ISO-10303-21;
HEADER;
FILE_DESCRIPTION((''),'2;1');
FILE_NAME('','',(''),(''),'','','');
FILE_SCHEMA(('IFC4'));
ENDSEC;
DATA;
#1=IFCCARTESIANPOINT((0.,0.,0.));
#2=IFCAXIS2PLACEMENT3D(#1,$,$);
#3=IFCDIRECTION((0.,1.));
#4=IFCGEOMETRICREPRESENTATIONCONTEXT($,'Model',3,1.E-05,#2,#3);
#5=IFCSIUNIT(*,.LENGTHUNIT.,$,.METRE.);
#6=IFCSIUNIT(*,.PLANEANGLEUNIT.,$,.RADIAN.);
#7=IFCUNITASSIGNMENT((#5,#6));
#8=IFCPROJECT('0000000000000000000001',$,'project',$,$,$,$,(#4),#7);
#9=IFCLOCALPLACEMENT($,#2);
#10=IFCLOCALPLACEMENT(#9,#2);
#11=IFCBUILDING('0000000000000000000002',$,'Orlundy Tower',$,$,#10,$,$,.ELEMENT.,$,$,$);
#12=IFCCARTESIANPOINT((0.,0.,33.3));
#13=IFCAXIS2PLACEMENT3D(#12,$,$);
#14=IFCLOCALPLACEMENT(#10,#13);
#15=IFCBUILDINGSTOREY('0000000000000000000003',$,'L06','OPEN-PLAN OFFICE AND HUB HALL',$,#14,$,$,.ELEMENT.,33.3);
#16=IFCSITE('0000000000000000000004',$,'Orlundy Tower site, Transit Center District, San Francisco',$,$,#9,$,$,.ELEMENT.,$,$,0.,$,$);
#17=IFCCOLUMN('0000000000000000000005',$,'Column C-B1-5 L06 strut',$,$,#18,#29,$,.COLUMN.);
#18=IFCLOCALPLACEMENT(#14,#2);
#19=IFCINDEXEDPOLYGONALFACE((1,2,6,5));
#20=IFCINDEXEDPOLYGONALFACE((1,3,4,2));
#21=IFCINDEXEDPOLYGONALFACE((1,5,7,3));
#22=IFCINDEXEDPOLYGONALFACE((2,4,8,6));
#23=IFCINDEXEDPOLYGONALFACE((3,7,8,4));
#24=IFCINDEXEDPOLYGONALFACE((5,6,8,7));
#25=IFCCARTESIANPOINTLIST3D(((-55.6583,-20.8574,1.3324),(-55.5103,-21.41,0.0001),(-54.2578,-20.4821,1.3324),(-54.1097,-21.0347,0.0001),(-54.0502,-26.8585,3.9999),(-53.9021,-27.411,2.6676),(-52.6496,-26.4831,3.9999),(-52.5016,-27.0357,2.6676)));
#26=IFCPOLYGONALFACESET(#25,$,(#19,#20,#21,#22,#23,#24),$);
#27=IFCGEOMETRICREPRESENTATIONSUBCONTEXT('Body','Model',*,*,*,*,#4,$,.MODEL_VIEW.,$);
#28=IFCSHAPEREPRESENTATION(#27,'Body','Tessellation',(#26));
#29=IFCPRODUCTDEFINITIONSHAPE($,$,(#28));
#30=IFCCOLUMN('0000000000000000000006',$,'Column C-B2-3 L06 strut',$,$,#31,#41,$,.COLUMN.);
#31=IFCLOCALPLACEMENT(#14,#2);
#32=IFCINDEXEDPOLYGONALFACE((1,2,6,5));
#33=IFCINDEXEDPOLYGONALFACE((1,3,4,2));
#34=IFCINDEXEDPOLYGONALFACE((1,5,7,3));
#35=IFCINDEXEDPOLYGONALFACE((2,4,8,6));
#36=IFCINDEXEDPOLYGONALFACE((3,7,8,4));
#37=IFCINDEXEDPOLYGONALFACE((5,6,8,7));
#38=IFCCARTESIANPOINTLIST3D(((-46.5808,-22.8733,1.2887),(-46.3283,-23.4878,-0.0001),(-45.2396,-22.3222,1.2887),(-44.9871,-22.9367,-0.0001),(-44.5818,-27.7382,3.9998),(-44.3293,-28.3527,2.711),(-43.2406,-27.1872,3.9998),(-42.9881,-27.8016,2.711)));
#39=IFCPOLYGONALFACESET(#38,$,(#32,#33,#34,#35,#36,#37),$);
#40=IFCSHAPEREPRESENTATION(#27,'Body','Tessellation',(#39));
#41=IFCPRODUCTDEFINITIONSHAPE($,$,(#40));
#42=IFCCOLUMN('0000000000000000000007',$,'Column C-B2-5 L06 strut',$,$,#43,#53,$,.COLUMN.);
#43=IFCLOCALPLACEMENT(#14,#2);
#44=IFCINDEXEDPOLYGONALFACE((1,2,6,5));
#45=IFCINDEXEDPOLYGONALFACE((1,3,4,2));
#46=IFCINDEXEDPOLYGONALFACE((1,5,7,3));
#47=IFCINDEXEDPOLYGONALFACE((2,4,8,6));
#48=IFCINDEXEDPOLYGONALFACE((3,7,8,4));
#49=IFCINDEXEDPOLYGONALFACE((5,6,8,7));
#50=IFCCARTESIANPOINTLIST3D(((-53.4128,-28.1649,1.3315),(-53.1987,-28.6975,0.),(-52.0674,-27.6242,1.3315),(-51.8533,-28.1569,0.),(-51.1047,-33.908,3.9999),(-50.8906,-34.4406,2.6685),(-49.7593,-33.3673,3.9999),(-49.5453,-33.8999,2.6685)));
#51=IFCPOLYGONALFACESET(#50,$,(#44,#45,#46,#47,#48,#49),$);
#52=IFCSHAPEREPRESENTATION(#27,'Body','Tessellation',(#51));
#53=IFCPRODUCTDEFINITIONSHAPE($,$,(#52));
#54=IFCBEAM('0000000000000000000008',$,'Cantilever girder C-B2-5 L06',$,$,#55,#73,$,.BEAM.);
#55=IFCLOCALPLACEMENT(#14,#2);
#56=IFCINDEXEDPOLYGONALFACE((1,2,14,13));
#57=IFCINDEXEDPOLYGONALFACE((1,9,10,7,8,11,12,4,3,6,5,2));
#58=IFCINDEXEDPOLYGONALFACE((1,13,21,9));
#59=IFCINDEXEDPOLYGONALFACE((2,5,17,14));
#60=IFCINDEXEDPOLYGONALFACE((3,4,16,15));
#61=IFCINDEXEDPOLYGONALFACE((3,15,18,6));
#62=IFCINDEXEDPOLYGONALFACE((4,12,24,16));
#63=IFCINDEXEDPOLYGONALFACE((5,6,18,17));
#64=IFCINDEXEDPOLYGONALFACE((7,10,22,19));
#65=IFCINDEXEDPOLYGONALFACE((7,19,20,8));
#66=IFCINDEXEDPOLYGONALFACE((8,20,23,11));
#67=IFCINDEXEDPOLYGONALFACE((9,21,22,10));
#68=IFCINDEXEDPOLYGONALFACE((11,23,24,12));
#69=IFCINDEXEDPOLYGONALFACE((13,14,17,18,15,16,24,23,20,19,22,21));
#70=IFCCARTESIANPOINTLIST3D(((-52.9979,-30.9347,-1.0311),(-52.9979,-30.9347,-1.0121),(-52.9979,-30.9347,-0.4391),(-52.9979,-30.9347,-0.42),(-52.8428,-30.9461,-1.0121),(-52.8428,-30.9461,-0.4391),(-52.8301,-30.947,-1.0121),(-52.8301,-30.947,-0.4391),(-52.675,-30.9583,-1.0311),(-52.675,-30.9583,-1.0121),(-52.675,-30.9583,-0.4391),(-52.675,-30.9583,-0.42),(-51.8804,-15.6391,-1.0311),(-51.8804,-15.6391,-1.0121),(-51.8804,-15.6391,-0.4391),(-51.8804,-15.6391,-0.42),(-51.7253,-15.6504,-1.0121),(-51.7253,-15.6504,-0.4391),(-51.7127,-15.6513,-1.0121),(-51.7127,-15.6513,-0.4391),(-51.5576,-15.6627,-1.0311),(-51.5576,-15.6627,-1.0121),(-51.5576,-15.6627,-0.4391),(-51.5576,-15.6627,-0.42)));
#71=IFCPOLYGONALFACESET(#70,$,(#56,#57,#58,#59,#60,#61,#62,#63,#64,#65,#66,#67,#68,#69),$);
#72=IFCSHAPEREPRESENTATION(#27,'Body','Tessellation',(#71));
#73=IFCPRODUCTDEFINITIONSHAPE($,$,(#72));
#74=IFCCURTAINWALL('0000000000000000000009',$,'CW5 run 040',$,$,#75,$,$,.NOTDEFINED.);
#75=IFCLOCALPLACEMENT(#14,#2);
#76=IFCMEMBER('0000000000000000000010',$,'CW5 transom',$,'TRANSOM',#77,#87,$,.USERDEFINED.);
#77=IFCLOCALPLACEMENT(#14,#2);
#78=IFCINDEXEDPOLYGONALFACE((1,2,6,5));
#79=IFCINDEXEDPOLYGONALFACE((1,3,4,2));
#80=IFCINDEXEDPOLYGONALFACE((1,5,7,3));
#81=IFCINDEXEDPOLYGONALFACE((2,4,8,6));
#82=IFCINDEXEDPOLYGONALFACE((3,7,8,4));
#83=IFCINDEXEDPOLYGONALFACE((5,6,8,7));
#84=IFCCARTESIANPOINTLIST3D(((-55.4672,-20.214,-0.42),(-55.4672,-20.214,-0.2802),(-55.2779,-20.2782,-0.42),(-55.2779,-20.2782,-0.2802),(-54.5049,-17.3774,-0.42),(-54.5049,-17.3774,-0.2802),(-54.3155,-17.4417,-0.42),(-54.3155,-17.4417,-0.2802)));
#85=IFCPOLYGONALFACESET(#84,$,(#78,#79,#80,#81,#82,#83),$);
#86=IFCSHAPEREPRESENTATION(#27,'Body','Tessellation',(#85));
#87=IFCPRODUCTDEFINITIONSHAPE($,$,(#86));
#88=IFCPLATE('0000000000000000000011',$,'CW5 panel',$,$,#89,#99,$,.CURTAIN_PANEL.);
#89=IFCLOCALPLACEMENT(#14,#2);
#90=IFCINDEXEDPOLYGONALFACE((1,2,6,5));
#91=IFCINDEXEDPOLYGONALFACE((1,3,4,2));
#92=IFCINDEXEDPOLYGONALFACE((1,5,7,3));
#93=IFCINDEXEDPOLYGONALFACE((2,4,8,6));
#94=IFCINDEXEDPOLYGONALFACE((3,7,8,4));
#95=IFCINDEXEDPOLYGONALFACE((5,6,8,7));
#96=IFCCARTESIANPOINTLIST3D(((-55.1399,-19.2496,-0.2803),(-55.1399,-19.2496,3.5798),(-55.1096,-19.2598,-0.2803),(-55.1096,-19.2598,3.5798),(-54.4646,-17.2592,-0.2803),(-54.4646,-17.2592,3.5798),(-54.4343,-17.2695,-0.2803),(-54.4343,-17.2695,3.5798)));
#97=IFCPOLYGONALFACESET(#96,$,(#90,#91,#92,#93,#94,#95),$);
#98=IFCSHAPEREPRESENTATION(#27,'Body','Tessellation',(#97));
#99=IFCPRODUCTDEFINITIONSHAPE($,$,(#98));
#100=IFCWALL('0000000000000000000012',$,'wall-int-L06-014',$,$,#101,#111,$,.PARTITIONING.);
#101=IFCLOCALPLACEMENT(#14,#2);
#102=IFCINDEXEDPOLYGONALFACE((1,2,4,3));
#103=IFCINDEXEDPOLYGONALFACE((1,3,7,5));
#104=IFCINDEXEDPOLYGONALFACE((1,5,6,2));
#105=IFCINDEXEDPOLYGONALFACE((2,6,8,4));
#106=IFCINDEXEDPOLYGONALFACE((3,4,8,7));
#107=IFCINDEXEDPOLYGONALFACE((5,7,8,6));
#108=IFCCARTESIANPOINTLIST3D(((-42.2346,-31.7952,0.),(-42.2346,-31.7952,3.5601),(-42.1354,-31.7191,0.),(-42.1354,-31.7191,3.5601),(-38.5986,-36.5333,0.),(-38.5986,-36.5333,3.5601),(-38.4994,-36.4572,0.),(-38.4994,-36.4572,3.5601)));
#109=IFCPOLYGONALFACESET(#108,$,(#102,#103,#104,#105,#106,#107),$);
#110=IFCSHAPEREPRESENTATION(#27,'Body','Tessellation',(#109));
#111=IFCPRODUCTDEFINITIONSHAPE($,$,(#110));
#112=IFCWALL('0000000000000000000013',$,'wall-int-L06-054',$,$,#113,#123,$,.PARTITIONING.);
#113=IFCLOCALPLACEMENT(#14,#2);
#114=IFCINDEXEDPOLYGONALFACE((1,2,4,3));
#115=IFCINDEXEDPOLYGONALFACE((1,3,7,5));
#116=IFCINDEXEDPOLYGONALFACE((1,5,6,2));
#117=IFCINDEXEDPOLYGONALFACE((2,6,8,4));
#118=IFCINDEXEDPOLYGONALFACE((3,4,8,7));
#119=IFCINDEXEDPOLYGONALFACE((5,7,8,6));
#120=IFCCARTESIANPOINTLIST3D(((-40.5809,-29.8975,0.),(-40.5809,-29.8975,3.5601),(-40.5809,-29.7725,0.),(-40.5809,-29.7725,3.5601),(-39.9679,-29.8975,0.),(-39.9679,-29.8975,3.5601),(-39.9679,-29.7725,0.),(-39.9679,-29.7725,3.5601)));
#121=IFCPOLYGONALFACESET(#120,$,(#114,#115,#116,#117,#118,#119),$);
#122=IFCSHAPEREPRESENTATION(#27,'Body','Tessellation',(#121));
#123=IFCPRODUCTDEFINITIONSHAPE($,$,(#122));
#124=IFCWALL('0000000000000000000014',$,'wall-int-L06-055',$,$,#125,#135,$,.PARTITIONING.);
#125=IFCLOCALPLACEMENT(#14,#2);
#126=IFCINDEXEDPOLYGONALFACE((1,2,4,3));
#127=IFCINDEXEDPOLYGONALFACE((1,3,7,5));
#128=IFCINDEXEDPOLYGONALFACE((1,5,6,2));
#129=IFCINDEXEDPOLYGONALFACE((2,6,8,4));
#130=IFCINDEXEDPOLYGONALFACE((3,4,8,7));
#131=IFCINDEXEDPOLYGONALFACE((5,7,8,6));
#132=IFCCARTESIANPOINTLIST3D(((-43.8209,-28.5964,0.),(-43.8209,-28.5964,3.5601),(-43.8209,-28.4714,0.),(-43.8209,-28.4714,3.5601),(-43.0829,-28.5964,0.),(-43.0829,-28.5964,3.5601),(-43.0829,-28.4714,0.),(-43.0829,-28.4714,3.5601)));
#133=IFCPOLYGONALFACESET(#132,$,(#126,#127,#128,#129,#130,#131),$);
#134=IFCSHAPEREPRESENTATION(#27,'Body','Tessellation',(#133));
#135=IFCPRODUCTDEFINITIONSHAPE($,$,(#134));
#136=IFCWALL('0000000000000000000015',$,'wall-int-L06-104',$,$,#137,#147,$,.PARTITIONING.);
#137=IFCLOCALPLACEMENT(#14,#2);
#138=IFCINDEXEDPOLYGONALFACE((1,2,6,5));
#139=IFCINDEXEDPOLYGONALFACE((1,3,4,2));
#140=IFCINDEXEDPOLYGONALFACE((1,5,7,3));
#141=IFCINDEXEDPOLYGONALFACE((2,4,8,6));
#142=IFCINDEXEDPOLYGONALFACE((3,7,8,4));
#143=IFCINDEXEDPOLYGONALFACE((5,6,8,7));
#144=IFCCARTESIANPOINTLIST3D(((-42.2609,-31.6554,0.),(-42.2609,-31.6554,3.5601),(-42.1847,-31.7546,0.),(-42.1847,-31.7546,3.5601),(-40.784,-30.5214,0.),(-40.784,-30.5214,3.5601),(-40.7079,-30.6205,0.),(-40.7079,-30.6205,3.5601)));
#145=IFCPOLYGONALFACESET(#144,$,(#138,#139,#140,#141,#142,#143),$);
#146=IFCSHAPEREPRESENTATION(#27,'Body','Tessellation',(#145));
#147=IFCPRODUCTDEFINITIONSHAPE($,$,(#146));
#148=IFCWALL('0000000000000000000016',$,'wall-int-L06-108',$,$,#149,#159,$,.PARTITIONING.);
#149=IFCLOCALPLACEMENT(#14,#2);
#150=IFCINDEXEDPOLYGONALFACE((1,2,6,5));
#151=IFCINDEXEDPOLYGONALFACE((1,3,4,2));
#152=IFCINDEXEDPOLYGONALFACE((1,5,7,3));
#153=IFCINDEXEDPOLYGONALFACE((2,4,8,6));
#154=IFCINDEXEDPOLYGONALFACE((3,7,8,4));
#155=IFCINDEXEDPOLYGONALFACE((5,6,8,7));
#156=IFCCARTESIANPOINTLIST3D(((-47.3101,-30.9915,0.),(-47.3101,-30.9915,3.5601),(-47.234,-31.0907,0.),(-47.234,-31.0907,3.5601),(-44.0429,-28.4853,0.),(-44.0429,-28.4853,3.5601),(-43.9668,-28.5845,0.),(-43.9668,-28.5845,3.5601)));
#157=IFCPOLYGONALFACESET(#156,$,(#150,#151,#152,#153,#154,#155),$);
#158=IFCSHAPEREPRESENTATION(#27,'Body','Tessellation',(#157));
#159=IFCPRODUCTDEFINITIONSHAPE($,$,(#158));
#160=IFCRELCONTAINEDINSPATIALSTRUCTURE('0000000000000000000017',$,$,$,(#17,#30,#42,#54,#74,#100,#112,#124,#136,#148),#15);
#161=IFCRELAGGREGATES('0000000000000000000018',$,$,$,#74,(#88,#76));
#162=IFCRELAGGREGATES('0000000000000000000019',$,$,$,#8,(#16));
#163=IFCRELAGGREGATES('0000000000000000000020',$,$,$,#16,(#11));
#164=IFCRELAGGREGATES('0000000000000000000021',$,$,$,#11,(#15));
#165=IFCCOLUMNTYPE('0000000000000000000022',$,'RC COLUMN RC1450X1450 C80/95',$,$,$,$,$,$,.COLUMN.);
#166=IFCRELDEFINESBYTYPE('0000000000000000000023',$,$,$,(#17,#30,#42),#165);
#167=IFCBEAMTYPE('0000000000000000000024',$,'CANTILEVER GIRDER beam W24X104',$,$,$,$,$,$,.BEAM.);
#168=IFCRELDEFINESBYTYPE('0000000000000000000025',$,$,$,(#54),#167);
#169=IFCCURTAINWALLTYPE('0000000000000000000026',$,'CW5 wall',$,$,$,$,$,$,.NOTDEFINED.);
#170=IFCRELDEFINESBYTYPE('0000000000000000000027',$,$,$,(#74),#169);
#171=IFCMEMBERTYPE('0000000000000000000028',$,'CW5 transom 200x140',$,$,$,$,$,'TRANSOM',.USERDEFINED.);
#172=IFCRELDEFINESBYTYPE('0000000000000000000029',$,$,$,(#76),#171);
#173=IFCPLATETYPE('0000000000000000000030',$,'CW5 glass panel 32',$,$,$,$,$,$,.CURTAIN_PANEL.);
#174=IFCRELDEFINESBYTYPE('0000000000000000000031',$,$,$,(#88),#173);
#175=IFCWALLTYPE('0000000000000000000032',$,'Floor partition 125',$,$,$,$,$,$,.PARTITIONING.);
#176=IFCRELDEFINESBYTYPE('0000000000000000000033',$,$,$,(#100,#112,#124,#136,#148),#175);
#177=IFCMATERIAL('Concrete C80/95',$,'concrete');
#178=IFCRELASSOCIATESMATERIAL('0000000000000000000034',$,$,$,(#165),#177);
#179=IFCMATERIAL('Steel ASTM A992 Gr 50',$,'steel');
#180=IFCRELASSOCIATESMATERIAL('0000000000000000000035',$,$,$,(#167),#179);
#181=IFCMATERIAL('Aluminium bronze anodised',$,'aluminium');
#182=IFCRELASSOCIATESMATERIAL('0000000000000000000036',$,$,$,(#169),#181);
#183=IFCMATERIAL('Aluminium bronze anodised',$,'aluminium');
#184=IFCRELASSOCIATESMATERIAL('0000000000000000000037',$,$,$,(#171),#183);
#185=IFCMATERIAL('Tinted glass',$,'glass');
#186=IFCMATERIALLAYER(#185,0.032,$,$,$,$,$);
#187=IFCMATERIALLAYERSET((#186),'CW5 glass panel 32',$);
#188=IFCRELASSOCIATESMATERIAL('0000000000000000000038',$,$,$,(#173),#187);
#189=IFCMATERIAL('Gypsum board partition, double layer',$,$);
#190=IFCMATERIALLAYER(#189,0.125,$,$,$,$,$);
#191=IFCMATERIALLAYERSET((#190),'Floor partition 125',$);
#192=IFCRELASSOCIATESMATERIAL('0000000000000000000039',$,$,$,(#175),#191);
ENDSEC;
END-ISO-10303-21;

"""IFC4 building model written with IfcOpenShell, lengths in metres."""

from ifc_helpers import new_model, si_unit, direction, frame, frame_2d, origin, origin_2d, place, context, subcontext, project, spatial, rectangle, i_section, extrude, material, layer, layer_set, material_profile, profile_set, type_object, element, aggregate, save


model = new_model("IFC4")

# Units and contexts
model_context = context("Model", 3, precision=1e-05, world=origin(), true_north=direction((0.0, 1.0)))
body_context = subcontext(model_context, "Body", "Model", "MODEL_VIEW")
ifc_project = project(units=[si_unit("LENGTHUNIT", "METRE"), si_unit("PLANEANGLEUNIT", "RADIAN")], contexts=[model_context])

# Site, building, storey
site_placement = place(None, origin())
site = spatial("IfcSite", under=ifc_project, at=site_placement, Name="Orlundy Tower site, Transit Center District, San Francisco", CompositionType="ELEMENT", RefElevation=0.0)
building_placement = place(site_placement, origin())
building = spatial("IfcBuilding", under=site, at=building_placement, Name="Orlundy Tower", CompositionType="ELEMENT")
storey_placement = place(building_placement, frame((0.0, 0.0, 33.3)))
storey = spatial("IfcBuildingStorey", under=building, at=storey_placement, Name="L06", Description="OPEN-PLAN OFFICE AND HUB HALL", CompositionType="ELEMENT", Elevation=33.3)

# Columns
ifc_material_1 = material(Name="Concrete C80/95", Category="concrete")
ifc_material_profile_1 = material_profile(ifc_material_1, rectangle(XDim=1.45, YDim=1.45, at=origin_2d()), Name="RC1450X1450")
ifc_profile_set_1 = profile_set([ifc_material_profile_1], Name="Concrete C80/95")
column_type = type_object("IfcColumnType", Name="RC COLUMN RC1450X1450 C80/95", PredefinedType="COLUMN", material=ifc_profile_set_1)
column_1_placement = place(storey_placement, frame((-54.884, -20.946, 0.6663), z_axis=(0.237852, -0.887566, 0.39453), x_axis=(0.965918, 0.258849, 0.0)))
element("IfcColumn", 1, at=column_1_placement, inside=storey, type_object=column_type, Name="Column C-B1-5 L06 strut", PredefinedType="COLUMN", context=body_context, shape_type="SweptSolid", body=[
    extrude(rectangle(XDim=1.45, YDim=1.45, at=origin_2d()), origin(), (0.0, 0.0, 1.0), 6.7612),
])
column_2_placement = place(storey_placement, frame((-45.7839, -22.905, 0.6443), z_axis=(0.337826, -0.82216, 0.458177), x_axis=(0.92496, 0.380066, 0.0)))
element("IfcColumn", 2, at=column_2_placement, inside=storey, type_object=column_type, Name="Column C-B2-3 L06 strut", PredefinedType="COLUMN", context=body_context, shape_type="SweptSolid", body=[
    extrude(rectangle(XDim=1.45, YDim=1.45, at=origin_2d()), origin(), (0.0, 0.0, 1.0), 5.9172),
])
column_3_placement = place(storey_placement, frame((-52.6331, -28.1609, 0.6658), z_axis=(0.342432, -0.852061, 0.395895), x_axis=(0.927872, 0.3729, 0.0)))
element("IfcColumn", 3, at=column_3_placement, inside=storey, type_object=column_type, Name="Column C-B2-5 L06 strut", PredefinedType="COLUMN", context=body_context, shape_type="SweptSolid", body=[
    extrude(rectangle(XDim=1.45, YDim=1.45, at=origin_2d()), origin(), (0.0, 0.0, 1.0), 6.7402),
])

# Beam
ifc_material_2 = material(Name="Steel ASTM A992 Gr 50", Category="steel")
ifc_material_profile_2 = material_profile(ifc_material_2, i_section(OverallWidth=0.3237, OverallDepth=0.6111, WebThickness=0.0127, FlangeThickness=0.019, at=origin_2d()), Name="W24X104")
ifc_profile_set_2 = profile_set([ifc_material_profile_2], Name="Steel ASTM A992 Gr 50")
beam_type = type_object("IfcBeamType", Name="CANTILEVER GIRDER beam W24X104", PredefinedType="BEAM", material=ifc_profile_set_2)
beam_placement = place(storey_placement, frame((-52.8364, -30.9465, -0.7256), z_axis=(0.072861, 0.997342, 0.0), x_axis=(-0.997342, 0.072861, 0.0)))
element("IfcBeam", 4, at=beam_placement, inside=storey, type_object=beam_type, Name="Cantilever girder C-B2-5 L06", PredefinedType="BEAM", context=body_context, shape_type="SweptSolid", body=[
    extrude(i_section(OverallWidth=0.3237, OverallDepth=0.6111, WebThickness=0.0127, FlangeThickness=0.019, at=origin_2d()), origin(), (0.0, 0.0, 1.0), 15.3364),
])

# Curtain wall, member, plate
ifc_material_3 = material(Name="Aluminium bronze anodised", Category="aluminium")
curtain_wall_type = type_object("IfcCurtainWallType", Name="CW5 wall", PredefinedType="NOTDEFINED", material=ifc_material_3)
curtain_wall_placement = place(storey_placement, origin())
curtain_wall = element("IfcCurtainWall", 5, at=curtain_wall_placement, inside=storey, type_object=curtain_wall_type, Name="CW5 run 040", PredefinedType="NOTDEFINED")
ifc_material_4 = material(Name="Aluminium bronze anodised", Category="aluminium")
ifc_material_profile_3 = material_profile(ifc_material_4, rectangle(XDim=0.2, YDim=0.1399, at=origin_2d()), Name="CW5 transom 200x140")
ifc_profile_set_3 = profile_set([ifc_material_profile_3], Name="Aluminium bronze anodised")
member_type = type_object("IfcMemberType", Name="CW5 transom 200x140", ElementType="TRANSOM", PredefinedType="USERDEFINED", material=ifc_profile_set_3)
member_placement = place(storey_placement, frame((-55.3726, -20.2461, -0.3501), z_axis=(0.321285, 0.946983, 0.0), x_axis=(-0.946983, 0.321285, 0.0)))
member = element("IfcMember", 6, at=member_placement, type_object=member_type, Name="CW5 transom", ObjectType="TRANSOM", PredefinedType="USERDEFINED", context=body_context, shape_type="SweptSolid", body=[
    extrude(rectangle(XDim=0.2, YDim=0.1399, at=origin_2d()), origin(), (0.0, 0.0, 1.0), 2.9954),
])
ifc_material_5 = material(Name="Tinted glass", Category="glass")
ifc_layer_1 = layer(ifc_material_5, 0.032)
ifc_layer_set_1 = layer_set([ifc_layer_1], Name="CW5 glass panel 32")
plate_type = type_object("IfcPlateType", Name="CW5 glass panel 32", PredefinedType="CURTAIN_PANEL", material=ifc_layer_set_1)
plate_placement = place(storey_placement, frame((-54.7871, -18.2595, -0.2803), z_axis=(0.0, 0.0, 1.0), x_axis=(0.321322, 0.94697, 0.0)))
plate = element("IfcPlate", 7, at=plate_placement, type_object=plate_type, Name="CW5 panel", PredefinedType="CURTAIN_PANEL", context=body_context, shape_type="SweptSolid", body=[
    extrude(rectangle(XDim=2.1018, YDim=0.032, at=origin_2d()), origin(), (0.0, 0.0, 1.0), 3.8601),
])
aggregate(curtain_wall, [plate, member])

# Walls
ifc_material_6 = material(Name="Gypsum board partition, double layer")
ifc_layer_2 = layer(ifc_material_6, 0.125)
ifc_layer_set_2 = layer_set([ifc_layer_2], Name="Floor partition 125")
wall_type = type_object("IfcWallType", Name="Floor partition 125", PredefinedType="PARTITIONING", material=ifc_layer_set_2)
wall_1_placement = place(storey_placement, frame((-42.1851, -31.7571, 0.0), z_axis=(0.0, 0.0, 1.0), x_axis=(0.6088, -0.793324, 0.0)))
element("IfcWall", 8, at=wall_1_placement, inside=storey, type_object=wall_type, Name="wall-int-L06-014", PredefinedType="PARTITIONING", context=body_context, shape_type="SweptSolid", body=[
    extrude(rectangle(XDim=5.9724, YDim=0.125, at=frame_2d((2.9863, 0.0))), origin(), (0.0, 0.0, 1.0), 3.5601),
])
wall_2_placement = place(storey_placement, frame((-40.5811, -29.835, 0.0), z_axis=(0.0, 0.0, 1.0), x_axis=(1.0, 0.0, 0.0)))
element("IfcWall", 9, at=wall_2_placement, inside=storey, type_object=wall_type, Name="wall-int-L06-054", PredefinedType="PARTITIONING", context=body_context, shape_type="SweptSolid", body=[
    extrude(rectangle(XDim=0.613, YDim=0.125, at=frame_2d((0.3066, 0.0))), origin(), (0.0, 0.0, 1.0), 3.5601),
])
wall_3_placement = place(storey_placement, frame((-43.821, -28.5339, 0.0), z_axis=(0.0, 0.0, 1.0), x_axis=(1.0, 0.0, 0.0)))
element("IfcWall", 10, at=wall_3_placement, inside=storey, type_object=wall_type, Name="wall-int-L06-055", PredefinedType="PARTITIONING", context=body_context, shape_type="SweptSolid", body=[
    extrude(rectangle(XDim=0.738, YDim=0.125, at=frame_2d((0.3691, 0.0))), origin(), (0.0, 0.0, 1.0), 3.5601),
])
wall_4_placement = place(storey_placement, frame((-42.2229, -31.7051, 0.0), z_axis=(0.0, 0.0, 1.0), x_axis=(0.793136, 0.609045, 0.0)))
element("IfcWall", 11, at=wall_4_placement, inside=storey, type_object=wall_type, Name="wall-int-L06-104", PredefinedType="PARTITIONING", context=body_context, shape_type="SweptSolid", body=[
    extrude(rectangle(XDim=1.8621, YDim=0.125, at=frame_2d((0.9312, 0.0))), origin(), (0.0, 0.0, 1.0), 3.5601),
])
wall_5_placement = place(storey_placement, frame((-44.0049, -28.5349, 0.0), z_axis=(0.0, 0.0, 1.0), x_axis=(-0.79345, -0.608636, 0.0)))
element("IfcWall", 12, at=wall_5_placement, inside=storey, type_object=wall_type, Name="wall-int-L06-108", PredefinedType="PARTITIONING", context=body_context, shape_type="SweptSolid", body=[
    extrude(rectangle(XDim=4.1177, YDim=0.125, at=frame_2d((2.0588, 0.0))), origin(), (0.0, 0.0, 1.0), 3.5601),
])

save(model, "model.ifc")
